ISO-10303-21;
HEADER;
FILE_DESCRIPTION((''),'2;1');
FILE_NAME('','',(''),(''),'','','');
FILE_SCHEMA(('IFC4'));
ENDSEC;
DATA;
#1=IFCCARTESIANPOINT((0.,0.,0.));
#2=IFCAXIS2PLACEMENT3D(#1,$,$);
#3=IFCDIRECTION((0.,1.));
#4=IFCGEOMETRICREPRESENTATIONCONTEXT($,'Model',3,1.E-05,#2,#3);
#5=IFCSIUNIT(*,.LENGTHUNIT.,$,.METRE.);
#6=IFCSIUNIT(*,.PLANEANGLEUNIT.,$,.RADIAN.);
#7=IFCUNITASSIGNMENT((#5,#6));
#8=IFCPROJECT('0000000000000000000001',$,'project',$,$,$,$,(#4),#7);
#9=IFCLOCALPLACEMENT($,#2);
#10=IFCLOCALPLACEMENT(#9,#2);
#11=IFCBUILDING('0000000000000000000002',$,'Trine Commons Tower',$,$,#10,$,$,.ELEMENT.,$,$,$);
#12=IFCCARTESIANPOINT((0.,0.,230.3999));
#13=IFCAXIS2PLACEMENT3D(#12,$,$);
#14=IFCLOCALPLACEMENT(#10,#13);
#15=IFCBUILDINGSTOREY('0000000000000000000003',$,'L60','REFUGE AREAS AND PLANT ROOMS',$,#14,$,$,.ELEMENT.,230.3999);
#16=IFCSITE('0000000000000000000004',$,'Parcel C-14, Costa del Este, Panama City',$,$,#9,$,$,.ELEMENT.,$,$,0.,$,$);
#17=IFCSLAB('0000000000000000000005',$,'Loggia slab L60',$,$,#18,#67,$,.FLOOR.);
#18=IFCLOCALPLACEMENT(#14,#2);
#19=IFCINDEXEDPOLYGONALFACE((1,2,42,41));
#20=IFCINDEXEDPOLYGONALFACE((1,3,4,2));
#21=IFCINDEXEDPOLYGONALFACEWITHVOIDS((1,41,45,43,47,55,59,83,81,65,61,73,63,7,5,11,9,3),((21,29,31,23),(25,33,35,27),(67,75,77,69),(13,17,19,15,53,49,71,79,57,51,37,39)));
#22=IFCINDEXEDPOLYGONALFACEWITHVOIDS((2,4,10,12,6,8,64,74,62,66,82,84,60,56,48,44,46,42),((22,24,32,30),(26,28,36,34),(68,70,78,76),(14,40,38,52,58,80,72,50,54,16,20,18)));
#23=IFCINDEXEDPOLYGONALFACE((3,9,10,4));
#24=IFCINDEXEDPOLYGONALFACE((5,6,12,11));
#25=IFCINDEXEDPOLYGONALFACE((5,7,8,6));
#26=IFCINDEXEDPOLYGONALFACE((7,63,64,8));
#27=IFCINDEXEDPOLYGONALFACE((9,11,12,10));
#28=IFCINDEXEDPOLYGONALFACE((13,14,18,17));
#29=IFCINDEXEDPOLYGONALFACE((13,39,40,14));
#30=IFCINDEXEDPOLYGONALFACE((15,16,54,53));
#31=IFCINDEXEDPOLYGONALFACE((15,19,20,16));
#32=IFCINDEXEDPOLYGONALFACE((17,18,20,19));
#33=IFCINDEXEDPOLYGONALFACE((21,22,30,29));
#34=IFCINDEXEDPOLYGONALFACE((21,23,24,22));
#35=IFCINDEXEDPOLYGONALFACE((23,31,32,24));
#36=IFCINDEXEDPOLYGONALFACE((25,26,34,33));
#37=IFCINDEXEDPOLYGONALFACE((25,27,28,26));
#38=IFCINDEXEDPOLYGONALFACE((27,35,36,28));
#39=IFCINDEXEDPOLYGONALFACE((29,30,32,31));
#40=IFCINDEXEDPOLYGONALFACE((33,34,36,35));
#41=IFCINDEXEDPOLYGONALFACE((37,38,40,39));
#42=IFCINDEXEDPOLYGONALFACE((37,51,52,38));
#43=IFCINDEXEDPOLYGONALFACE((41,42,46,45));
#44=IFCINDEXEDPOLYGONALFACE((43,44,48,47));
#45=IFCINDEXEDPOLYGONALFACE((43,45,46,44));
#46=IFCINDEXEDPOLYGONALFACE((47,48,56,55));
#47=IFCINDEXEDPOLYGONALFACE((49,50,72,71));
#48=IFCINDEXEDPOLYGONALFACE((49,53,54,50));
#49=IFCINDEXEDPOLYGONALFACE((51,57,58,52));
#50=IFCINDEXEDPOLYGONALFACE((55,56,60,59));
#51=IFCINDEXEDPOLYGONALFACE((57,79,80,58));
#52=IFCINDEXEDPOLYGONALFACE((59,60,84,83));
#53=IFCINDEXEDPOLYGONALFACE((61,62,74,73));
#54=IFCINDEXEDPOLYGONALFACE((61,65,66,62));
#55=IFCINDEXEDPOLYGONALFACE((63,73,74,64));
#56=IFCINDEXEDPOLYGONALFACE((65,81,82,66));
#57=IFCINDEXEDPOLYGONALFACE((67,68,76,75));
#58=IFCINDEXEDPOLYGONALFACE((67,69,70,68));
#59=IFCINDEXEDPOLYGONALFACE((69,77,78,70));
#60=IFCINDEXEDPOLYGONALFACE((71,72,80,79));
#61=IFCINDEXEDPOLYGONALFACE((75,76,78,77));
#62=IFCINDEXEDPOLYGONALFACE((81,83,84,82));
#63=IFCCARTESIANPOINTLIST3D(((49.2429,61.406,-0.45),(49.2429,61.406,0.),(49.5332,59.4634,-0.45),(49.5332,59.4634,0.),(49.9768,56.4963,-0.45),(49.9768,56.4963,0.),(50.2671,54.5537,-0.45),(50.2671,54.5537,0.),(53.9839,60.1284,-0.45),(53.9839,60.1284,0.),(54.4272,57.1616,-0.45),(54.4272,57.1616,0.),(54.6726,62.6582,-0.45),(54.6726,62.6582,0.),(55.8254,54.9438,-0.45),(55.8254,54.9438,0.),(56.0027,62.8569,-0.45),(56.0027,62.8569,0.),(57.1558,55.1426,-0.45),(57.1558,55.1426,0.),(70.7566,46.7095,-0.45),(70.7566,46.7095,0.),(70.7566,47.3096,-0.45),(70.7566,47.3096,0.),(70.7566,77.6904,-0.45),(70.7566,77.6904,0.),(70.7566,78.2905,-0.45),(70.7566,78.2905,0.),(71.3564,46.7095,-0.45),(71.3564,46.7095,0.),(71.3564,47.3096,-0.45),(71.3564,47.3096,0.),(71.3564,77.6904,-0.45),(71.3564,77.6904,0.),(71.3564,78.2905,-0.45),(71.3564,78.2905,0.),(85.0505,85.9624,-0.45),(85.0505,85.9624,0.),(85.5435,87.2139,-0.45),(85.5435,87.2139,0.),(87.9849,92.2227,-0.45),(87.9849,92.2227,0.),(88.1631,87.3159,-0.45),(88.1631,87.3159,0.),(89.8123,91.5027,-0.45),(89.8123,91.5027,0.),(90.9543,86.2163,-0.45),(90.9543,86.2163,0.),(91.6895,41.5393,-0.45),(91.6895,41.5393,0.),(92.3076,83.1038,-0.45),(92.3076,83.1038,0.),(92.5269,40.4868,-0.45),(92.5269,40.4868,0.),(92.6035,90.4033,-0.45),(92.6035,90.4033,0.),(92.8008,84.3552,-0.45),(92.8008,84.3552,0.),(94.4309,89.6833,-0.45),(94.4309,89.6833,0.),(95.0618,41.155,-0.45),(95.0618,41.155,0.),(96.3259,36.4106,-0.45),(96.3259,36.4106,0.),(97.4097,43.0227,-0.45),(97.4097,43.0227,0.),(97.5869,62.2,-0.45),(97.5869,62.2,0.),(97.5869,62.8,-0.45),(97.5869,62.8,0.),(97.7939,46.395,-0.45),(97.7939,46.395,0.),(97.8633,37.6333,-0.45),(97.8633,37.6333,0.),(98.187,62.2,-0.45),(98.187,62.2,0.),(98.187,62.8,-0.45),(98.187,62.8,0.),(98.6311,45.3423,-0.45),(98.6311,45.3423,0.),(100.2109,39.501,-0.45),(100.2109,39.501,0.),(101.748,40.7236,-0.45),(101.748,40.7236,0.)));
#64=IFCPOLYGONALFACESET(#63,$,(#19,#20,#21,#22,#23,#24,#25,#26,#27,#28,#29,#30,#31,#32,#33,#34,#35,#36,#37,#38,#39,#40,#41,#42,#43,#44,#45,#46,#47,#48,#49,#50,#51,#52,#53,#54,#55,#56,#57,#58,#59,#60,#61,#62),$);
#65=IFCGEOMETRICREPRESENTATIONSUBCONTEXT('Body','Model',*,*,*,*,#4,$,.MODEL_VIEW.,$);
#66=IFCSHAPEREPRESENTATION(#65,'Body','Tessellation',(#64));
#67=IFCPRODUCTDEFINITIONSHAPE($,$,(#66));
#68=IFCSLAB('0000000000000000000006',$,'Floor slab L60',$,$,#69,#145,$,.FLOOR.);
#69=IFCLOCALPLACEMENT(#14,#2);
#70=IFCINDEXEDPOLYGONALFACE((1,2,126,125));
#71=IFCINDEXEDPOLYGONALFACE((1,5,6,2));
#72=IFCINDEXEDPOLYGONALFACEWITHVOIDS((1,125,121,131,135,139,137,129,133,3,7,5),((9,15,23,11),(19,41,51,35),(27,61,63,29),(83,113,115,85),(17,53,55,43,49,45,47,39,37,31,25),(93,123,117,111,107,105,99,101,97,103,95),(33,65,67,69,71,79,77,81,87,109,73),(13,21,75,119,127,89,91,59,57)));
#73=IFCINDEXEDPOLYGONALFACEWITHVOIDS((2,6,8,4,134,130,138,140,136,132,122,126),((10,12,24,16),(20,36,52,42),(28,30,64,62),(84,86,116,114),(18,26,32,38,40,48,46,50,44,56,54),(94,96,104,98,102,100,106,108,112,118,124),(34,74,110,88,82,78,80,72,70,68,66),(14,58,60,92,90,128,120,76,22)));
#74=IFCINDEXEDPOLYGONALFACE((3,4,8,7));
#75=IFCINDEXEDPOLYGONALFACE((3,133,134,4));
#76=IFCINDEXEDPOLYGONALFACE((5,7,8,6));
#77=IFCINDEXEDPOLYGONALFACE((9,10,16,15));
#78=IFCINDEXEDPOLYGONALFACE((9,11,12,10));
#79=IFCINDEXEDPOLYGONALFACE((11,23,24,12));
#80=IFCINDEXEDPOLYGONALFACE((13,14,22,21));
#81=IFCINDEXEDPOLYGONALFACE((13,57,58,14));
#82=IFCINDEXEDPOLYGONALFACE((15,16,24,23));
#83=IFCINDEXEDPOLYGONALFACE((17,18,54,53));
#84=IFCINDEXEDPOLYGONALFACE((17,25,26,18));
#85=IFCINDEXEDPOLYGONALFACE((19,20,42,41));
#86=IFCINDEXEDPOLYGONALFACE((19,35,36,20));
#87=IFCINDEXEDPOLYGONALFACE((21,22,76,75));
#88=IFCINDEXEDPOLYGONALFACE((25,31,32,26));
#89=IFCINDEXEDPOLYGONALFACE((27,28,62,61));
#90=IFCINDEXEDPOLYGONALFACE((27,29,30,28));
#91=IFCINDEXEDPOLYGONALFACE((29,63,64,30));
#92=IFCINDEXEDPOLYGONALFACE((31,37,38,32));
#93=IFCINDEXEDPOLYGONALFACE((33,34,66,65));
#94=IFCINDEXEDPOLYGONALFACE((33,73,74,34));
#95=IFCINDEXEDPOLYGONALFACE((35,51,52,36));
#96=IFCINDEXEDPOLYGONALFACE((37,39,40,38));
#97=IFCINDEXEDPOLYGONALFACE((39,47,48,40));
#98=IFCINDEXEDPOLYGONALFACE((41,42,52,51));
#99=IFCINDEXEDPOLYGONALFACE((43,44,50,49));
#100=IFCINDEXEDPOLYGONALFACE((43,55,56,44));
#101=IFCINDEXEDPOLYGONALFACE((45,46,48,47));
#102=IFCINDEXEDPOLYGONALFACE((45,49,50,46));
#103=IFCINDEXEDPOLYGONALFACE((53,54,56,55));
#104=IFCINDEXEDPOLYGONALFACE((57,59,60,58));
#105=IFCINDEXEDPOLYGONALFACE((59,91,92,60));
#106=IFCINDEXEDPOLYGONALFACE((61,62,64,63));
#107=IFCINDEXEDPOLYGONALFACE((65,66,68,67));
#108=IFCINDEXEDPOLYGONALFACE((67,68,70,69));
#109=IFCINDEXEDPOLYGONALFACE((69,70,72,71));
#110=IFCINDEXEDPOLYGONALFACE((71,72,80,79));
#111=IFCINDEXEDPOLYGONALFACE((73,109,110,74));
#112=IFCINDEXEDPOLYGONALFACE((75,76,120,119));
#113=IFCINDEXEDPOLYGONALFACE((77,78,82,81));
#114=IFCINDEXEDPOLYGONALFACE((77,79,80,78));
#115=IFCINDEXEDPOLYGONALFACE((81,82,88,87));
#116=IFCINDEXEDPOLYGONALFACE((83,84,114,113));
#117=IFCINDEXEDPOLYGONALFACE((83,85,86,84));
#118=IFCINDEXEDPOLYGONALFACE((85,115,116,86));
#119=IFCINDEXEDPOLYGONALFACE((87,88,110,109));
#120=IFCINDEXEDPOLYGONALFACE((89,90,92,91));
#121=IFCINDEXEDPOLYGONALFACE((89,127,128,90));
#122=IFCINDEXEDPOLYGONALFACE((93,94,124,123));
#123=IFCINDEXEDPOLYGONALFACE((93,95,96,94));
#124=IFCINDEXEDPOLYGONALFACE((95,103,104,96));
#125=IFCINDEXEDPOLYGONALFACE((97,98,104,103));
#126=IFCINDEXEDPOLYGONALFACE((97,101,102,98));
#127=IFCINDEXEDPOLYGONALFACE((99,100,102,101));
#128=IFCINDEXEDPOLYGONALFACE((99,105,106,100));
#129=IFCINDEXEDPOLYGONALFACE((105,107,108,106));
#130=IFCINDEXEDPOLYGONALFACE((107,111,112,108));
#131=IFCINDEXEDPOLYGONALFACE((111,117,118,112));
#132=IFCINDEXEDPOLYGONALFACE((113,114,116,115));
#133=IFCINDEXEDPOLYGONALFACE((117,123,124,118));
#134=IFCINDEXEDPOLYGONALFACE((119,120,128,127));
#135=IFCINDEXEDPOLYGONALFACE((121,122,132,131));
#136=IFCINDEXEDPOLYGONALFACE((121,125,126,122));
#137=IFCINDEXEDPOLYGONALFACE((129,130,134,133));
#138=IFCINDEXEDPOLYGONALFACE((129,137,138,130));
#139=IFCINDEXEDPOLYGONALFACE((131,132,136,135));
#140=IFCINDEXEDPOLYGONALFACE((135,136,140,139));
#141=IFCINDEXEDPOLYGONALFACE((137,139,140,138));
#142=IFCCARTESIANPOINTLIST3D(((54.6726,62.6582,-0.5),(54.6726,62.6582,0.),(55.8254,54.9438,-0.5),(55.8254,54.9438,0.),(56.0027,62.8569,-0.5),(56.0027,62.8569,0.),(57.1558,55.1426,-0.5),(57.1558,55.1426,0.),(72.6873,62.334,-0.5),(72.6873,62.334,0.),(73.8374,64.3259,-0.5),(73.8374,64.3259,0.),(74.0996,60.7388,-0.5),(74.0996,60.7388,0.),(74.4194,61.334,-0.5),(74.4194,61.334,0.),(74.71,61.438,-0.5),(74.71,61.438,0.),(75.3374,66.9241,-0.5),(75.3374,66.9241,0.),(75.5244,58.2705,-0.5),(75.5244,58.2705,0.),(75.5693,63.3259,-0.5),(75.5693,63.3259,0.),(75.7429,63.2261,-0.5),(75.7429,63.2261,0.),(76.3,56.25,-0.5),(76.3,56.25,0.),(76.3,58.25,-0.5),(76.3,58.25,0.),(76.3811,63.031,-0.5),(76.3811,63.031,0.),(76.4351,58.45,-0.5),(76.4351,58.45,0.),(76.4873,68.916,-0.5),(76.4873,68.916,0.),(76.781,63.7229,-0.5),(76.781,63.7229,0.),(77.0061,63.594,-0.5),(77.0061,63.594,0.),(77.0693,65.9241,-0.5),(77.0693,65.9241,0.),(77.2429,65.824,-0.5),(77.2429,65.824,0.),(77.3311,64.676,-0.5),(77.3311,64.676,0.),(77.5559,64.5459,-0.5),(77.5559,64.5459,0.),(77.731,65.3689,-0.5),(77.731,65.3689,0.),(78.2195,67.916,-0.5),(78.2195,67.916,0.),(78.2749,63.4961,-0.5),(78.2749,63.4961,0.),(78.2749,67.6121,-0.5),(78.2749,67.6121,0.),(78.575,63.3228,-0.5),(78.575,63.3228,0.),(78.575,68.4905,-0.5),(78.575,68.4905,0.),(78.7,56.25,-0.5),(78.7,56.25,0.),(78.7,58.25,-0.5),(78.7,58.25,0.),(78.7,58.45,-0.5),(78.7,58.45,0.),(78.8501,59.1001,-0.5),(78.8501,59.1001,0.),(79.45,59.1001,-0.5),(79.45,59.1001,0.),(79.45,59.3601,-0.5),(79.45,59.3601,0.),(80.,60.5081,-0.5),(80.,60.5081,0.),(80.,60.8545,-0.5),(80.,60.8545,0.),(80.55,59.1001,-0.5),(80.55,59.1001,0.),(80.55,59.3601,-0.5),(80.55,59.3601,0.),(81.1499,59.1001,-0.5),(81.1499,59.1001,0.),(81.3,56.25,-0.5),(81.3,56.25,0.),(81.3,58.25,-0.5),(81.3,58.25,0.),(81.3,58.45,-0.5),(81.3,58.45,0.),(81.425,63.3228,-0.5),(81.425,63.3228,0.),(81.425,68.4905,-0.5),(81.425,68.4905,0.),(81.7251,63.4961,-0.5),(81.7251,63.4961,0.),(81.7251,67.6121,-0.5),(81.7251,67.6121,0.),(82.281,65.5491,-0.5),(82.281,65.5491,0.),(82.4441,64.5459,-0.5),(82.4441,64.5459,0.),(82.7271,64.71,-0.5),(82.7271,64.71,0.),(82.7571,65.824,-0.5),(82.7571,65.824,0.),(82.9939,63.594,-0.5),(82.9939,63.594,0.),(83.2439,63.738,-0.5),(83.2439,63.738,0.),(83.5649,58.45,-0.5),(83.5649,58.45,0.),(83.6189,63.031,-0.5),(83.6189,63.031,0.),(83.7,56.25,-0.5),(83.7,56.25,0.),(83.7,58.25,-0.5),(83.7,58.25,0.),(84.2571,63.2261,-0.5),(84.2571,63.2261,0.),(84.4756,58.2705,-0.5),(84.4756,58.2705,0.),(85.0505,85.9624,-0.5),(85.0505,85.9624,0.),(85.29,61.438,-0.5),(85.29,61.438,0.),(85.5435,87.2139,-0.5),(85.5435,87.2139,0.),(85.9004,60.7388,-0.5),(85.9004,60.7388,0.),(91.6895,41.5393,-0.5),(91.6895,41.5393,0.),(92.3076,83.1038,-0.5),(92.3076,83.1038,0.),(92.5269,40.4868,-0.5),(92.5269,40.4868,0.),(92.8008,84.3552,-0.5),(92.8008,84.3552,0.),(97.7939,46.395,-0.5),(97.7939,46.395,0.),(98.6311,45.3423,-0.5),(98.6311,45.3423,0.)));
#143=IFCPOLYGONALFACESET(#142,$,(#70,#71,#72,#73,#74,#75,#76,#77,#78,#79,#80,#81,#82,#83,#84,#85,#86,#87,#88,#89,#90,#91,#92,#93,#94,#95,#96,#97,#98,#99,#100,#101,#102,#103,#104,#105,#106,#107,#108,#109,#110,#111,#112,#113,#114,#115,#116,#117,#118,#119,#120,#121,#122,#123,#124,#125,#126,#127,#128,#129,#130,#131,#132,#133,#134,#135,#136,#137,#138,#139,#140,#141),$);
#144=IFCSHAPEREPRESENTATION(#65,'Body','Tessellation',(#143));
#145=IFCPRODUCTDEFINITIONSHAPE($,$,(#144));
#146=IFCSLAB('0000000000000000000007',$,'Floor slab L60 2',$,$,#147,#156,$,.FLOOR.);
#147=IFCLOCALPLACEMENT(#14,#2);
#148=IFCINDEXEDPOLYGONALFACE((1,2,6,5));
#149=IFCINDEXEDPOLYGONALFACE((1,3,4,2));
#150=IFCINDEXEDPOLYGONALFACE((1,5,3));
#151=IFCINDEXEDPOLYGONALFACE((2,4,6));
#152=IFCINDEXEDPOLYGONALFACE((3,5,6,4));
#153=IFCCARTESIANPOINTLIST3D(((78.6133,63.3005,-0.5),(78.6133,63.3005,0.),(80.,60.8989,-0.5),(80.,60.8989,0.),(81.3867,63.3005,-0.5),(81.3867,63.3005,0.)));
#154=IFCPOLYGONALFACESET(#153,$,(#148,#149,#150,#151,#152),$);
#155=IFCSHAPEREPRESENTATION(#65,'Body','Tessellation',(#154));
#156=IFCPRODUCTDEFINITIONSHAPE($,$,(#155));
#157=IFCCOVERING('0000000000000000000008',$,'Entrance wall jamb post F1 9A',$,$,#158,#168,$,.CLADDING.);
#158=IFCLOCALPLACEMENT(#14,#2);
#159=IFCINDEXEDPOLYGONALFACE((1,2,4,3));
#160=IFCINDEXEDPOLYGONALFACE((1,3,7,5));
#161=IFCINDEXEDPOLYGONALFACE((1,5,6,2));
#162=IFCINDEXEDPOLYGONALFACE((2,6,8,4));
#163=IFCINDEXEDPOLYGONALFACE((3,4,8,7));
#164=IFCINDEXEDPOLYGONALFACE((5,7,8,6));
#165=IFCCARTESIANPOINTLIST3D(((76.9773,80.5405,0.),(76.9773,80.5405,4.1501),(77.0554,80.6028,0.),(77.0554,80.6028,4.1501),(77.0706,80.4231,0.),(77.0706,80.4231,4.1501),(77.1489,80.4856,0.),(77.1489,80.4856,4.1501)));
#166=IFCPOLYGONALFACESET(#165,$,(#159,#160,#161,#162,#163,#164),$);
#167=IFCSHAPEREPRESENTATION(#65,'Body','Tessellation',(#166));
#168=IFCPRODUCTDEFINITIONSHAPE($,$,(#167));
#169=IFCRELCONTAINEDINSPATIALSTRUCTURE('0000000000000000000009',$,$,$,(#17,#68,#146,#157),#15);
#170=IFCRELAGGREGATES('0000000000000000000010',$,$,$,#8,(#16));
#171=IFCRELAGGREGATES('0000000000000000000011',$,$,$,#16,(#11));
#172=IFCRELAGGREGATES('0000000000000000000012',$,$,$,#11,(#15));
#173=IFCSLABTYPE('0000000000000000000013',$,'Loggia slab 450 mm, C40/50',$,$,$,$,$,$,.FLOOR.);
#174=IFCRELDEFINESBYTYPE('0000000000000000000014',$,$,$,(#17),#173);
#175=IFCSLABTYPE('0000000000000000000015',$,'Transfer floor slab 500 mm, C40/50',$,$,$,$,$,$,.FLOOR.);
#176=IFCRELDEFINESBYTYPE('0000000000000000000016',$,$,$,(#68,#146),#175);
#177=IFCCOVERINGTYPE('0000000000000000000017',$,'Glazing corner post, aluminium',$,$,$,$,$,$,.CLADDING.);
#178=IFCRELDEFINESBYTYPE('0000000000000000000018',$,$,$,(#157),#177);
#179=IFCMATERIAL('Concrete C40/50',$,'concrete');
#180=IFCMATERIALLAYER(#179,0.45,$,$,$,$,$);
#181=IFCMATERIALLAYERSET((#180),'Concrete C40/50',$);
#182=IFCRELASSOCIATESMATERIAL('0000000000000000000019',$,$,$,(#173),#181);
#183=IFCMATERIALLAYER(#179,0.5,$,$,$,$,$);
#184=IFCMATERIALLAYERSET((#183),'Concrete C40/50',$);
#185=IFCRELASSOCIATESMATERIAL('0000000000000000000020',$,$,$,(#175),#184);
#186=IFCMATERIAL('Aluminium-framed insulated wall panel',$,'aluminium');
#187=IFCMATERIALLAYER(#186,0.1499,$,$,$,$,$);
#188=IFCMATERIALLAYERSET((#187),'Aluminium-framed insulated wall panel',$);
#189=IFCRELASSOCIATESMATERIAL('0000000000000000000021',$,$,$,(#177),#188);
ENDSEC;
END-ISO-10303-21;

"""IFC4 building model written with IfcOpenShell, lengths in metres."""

from ifc_helpers import new_model, si_unit, direction, frame, origin, place, context, subcontext, project, spatial, polyline, outline, extrude, material, layer, layer_set, type_object, element, save


model = new_model("IFC4")

# Units and contexts
model_context = context("Model", 3, precision=1e-05, world=origin(), true_north=direction((0.0, 1.0)))
body_context = subcontext(model_context, "Body", "Model", "MODEL_VIEW")
ifc_project = project(units=[si_unit("LENGTHUNIT", "METRE"), si_unit("PLANEANGLEUNIT", "RADIAN")], contexts=[model_context])

# Site, building, storey
site_placement = place(None, origin())
site = spatial("IfcSite", under=ifc_project, at=site_placement, Name="Parcel C-14, Costa del Este, Panama City", CompositionType="ELEMENT", RefElevation=0.0)
building_placement = place(site_placement, origin())
building = spatial("IfcBuilding", under=site, at=building_placement, Name="Trine Commons Tower", CompositionType="ELEMENT")
storey_placement = place(building_placement, frame((0.0, 0.0, 230.3999)))
storey = spatial("IfcBuildingStorey", under=building, at=storey_placement, Name="L60", Description="REFUGE AREAS AND PLANT ROOMS", CompositionType="ELEMENT", Elevation=230.3999)

# Slabs
ifc_material_1 = material(Name="Concrete C40/50", Category="concrete")
ifc_layer_1 = layer(ifc_material_1, 0.45)
ifc_layer_set_1 = layer_set([ifc_layer_1], Name="Concrete C40/50")
slab_type_1 = type_object("IfcSlabType", Name="Loggia slab 450 mm, C40/50", PredefinedType="FLOOR", material=ifc_layer_set_1)
slab_1_placement = place(storey_placement, frame((0.0, 0.0, -0.45)))
element("IfcSlab", 1, at=slab_1_placement, inside=storey, type_object=slab_type_1, Name="Loggia slab L60", PredefinedType="FLOOR", context=body_context, shape_type="SweptSolid", body=[
    extrude(outline(polyline([(100.2109, 39.501), (101.748, 40.7236), (94.4309, 89.6833), (92.6035, 90.4033), (90.9543, 86.2163), (88.1631, 87.3159), (89.8123, 91.5027), (87.9849, 92.2227), (49.2429, 61.406), (49.5332, 59.4634), (53.9839, 60.1284), (54.4272, 57.1616), (49.9768, 56.4963), (50.2671, 54.5537), (96.3259, 36.4106), (97.8633, 37.6333), (95.0618, 41.155), (97.4097, 43.0227), (100.2109, 39.501)]), holes=[polyline([(57.1558, 55.1426), (55.8254, 54.9438), (92.5269, 40.4868), (91.6895, 41.5393), (97.7939, 46.395), (98.6311, 45.3423), (92.8008, 84.3552), (92.3076, 83.1038), (85.0505, 85.9624), (85.5435, 87.2139), (54.6726, 62.6582), (56.0027, 62.8569), (57.1558, 55.1426)]), polyline([(71.3564, 47.3096), (70.7566, 47.3096), (70.7566, 46.7095), (71.3564, 46.7095), (71.3564, 47.3096)]), polyline([(98.187, 62.2), (98.187, 62.8), (97.5869, 62.8), (97.5869, 62.2), (98.187, 62.2)]), polyline([(71.3564, 77.6904), (71.3564, 78.2905), (70.7566, 78.2905), (70.7566, 77.6904), (71.3564, 77.6904)])]), origin(), (0.0, 0.0, 1.0), 0.45),
])
ifc_layer_2 = layer(ifc_material_1, 0.5)
ifc_layer_set_2 = layer_set([ifc_layer_2], Name="Concrete C40/50")
slab_type_2 = type_object("IfcSlabType", Name="Transfer floor slab 500 mm, C40/50", PredefinedType="FLOOR", material=ifc_layer_set_2)
slab_2_placement = place(storey_placement, frame((0.0, 0.0, -0.5)))
element("IfcSlab", 2, at=slab_2_placement, inside=storey, type_object=slab_type_2, Name="Floor slab L60", PredefinedType="FLOOR", context=body_context, shape_type="SweptSolid", body=[
    extrude(outline(polyline([(54.6726, 62.6582), (56.0027, 62.8569), (57.1558, 55.1426), (55.8254, 54.9438), (92.5269, 40.4868), (91.6895, 41.5393), (97.7939, 46.395), (98.6311, 45.3423), (92.8008, 84.3552), (92.3076, 83.1038), (85.0505, 85.9624), (85.5435, 87.2139), (54.6726, 62.6582)]), holes=[polyline([(78.7, 56.25), (78.7, 58.25), (76.3, 58.25), (76.3, 56.25), (78.7, 56.25)]), polyline([(83.7, 56.25), (83.7, 58.25), (81.3, 58.25), (81.3, 56.25), (83.7, 56.25)]), polyline([(81.3, 58.45), (83.5649, 58.45), (80.0, 60.5081), (76.4351, 58.45), (78.7, 58.45), (78.8501, 59.1001), (79.45, 59.1001), (79.45, 59.3601), (80.55, 59.3601), (80.55, 59.1001), (81.1499, 59.1001), (81.3, 58.45)]), polyline([(81.425, 63.3228), (81.425, 68.4905), (78.575, 68.4905), (78.575, 63.3228), (74.0996, 60.7388), (75.5244, 58.2705), (80.0, 60.8545), (84.4756, 58.2705), (85.9004, 60.7388), (81.425, 63.3228)]), polyline([(72.6873, 62.334), (74.4194, 61.334), (75.5693, 63.3259), (73.8374, 64.3259), (72.6873, 62.334)]), polyline([(76.3811, 63.031), (75.7429, 63.2261), (74.71, 61.438), (78.2749, 63.4961), (78.2749, 67.6121), (77.2429, 65.824), (77.731, 65.3689), (77.3311, 64.676), (77.5559, 64.5459), (77.0061, 63.594), (76.781, 63.7229), (76.3811, 63.031)]), polyline([(82.9939, 63.594), (82.4441, 64.5459), (82.7271, 64.71), (82.281, 65.5491), (82.7571, 65.824), (81.7251, 67.6121), (81.7251, 63.4961), (85.29, 61.438), (84.2571, 63.2261), (83.6189, 63.031), (83.2439, 63.738), (82.9939, 63.594)]), polyline([(76.4873, 68.916), (75.3374, 66.9241), (77.0693, 65.9241), (78.2195, 67.916), (76.4873, 68.916)])]), origin(), (0.0, 0.0, 1.0), 0.5),
])
slab_3_placement = place(storey_placement, frame((0.0, 0.0, -0.5)))
element("IfcSlab", 3, at=slab_3_placement, inside=storey, type_object=slab_type_2, Name="Floor slab L60 2", PredefinedType="FLOOR", context=body_context, shape_type="SweptSolid", body=[
    extrude(outline(polyline([(81.3867, 63.3005), (78.6133, 63.3005), (80.0, 60.8989), (81.3867, 63.3005)])), origin(), (0.0, 0.0, 1.0), 0.5),
])

# Covering
ifc_material_2 = material(Name="Aluminium-framed insulated wall panel", Category="aluminium")
ifc_layer_3 = layer(ifc_material_2, 0.1499)
ifc_layer_set_3 = layer_set([ifc_layer_3], Name="Aluminium-framed insulated wall panel")
covering_type_1 = type_object("IfcCoveringType", Name="Glazing corner post, aluminium", PredefinedType="CLADDING", material=ifc_layer_set_3)
covering_1_placement = place(storey_placement, origin())
element("IfcCovering", 4, at=covering_1_placement, inside=storey, type_object=covering_type_1, Name="Entrance wall jamb post F1 9A", PredefinedType="CLADDING", context=body_context, shape_type="SweptSolid", body=[
    extrude(outline(polyline([(76.9773, 80.5405), (77.0554, 80.6028), (77.1489, 80.4856), (77.0706, 80.4231), (76.9773, 80.5405)])), origin(), (0.0, 0.0, 1.0), 4.1501),
])

save(model, "model.ifc")
